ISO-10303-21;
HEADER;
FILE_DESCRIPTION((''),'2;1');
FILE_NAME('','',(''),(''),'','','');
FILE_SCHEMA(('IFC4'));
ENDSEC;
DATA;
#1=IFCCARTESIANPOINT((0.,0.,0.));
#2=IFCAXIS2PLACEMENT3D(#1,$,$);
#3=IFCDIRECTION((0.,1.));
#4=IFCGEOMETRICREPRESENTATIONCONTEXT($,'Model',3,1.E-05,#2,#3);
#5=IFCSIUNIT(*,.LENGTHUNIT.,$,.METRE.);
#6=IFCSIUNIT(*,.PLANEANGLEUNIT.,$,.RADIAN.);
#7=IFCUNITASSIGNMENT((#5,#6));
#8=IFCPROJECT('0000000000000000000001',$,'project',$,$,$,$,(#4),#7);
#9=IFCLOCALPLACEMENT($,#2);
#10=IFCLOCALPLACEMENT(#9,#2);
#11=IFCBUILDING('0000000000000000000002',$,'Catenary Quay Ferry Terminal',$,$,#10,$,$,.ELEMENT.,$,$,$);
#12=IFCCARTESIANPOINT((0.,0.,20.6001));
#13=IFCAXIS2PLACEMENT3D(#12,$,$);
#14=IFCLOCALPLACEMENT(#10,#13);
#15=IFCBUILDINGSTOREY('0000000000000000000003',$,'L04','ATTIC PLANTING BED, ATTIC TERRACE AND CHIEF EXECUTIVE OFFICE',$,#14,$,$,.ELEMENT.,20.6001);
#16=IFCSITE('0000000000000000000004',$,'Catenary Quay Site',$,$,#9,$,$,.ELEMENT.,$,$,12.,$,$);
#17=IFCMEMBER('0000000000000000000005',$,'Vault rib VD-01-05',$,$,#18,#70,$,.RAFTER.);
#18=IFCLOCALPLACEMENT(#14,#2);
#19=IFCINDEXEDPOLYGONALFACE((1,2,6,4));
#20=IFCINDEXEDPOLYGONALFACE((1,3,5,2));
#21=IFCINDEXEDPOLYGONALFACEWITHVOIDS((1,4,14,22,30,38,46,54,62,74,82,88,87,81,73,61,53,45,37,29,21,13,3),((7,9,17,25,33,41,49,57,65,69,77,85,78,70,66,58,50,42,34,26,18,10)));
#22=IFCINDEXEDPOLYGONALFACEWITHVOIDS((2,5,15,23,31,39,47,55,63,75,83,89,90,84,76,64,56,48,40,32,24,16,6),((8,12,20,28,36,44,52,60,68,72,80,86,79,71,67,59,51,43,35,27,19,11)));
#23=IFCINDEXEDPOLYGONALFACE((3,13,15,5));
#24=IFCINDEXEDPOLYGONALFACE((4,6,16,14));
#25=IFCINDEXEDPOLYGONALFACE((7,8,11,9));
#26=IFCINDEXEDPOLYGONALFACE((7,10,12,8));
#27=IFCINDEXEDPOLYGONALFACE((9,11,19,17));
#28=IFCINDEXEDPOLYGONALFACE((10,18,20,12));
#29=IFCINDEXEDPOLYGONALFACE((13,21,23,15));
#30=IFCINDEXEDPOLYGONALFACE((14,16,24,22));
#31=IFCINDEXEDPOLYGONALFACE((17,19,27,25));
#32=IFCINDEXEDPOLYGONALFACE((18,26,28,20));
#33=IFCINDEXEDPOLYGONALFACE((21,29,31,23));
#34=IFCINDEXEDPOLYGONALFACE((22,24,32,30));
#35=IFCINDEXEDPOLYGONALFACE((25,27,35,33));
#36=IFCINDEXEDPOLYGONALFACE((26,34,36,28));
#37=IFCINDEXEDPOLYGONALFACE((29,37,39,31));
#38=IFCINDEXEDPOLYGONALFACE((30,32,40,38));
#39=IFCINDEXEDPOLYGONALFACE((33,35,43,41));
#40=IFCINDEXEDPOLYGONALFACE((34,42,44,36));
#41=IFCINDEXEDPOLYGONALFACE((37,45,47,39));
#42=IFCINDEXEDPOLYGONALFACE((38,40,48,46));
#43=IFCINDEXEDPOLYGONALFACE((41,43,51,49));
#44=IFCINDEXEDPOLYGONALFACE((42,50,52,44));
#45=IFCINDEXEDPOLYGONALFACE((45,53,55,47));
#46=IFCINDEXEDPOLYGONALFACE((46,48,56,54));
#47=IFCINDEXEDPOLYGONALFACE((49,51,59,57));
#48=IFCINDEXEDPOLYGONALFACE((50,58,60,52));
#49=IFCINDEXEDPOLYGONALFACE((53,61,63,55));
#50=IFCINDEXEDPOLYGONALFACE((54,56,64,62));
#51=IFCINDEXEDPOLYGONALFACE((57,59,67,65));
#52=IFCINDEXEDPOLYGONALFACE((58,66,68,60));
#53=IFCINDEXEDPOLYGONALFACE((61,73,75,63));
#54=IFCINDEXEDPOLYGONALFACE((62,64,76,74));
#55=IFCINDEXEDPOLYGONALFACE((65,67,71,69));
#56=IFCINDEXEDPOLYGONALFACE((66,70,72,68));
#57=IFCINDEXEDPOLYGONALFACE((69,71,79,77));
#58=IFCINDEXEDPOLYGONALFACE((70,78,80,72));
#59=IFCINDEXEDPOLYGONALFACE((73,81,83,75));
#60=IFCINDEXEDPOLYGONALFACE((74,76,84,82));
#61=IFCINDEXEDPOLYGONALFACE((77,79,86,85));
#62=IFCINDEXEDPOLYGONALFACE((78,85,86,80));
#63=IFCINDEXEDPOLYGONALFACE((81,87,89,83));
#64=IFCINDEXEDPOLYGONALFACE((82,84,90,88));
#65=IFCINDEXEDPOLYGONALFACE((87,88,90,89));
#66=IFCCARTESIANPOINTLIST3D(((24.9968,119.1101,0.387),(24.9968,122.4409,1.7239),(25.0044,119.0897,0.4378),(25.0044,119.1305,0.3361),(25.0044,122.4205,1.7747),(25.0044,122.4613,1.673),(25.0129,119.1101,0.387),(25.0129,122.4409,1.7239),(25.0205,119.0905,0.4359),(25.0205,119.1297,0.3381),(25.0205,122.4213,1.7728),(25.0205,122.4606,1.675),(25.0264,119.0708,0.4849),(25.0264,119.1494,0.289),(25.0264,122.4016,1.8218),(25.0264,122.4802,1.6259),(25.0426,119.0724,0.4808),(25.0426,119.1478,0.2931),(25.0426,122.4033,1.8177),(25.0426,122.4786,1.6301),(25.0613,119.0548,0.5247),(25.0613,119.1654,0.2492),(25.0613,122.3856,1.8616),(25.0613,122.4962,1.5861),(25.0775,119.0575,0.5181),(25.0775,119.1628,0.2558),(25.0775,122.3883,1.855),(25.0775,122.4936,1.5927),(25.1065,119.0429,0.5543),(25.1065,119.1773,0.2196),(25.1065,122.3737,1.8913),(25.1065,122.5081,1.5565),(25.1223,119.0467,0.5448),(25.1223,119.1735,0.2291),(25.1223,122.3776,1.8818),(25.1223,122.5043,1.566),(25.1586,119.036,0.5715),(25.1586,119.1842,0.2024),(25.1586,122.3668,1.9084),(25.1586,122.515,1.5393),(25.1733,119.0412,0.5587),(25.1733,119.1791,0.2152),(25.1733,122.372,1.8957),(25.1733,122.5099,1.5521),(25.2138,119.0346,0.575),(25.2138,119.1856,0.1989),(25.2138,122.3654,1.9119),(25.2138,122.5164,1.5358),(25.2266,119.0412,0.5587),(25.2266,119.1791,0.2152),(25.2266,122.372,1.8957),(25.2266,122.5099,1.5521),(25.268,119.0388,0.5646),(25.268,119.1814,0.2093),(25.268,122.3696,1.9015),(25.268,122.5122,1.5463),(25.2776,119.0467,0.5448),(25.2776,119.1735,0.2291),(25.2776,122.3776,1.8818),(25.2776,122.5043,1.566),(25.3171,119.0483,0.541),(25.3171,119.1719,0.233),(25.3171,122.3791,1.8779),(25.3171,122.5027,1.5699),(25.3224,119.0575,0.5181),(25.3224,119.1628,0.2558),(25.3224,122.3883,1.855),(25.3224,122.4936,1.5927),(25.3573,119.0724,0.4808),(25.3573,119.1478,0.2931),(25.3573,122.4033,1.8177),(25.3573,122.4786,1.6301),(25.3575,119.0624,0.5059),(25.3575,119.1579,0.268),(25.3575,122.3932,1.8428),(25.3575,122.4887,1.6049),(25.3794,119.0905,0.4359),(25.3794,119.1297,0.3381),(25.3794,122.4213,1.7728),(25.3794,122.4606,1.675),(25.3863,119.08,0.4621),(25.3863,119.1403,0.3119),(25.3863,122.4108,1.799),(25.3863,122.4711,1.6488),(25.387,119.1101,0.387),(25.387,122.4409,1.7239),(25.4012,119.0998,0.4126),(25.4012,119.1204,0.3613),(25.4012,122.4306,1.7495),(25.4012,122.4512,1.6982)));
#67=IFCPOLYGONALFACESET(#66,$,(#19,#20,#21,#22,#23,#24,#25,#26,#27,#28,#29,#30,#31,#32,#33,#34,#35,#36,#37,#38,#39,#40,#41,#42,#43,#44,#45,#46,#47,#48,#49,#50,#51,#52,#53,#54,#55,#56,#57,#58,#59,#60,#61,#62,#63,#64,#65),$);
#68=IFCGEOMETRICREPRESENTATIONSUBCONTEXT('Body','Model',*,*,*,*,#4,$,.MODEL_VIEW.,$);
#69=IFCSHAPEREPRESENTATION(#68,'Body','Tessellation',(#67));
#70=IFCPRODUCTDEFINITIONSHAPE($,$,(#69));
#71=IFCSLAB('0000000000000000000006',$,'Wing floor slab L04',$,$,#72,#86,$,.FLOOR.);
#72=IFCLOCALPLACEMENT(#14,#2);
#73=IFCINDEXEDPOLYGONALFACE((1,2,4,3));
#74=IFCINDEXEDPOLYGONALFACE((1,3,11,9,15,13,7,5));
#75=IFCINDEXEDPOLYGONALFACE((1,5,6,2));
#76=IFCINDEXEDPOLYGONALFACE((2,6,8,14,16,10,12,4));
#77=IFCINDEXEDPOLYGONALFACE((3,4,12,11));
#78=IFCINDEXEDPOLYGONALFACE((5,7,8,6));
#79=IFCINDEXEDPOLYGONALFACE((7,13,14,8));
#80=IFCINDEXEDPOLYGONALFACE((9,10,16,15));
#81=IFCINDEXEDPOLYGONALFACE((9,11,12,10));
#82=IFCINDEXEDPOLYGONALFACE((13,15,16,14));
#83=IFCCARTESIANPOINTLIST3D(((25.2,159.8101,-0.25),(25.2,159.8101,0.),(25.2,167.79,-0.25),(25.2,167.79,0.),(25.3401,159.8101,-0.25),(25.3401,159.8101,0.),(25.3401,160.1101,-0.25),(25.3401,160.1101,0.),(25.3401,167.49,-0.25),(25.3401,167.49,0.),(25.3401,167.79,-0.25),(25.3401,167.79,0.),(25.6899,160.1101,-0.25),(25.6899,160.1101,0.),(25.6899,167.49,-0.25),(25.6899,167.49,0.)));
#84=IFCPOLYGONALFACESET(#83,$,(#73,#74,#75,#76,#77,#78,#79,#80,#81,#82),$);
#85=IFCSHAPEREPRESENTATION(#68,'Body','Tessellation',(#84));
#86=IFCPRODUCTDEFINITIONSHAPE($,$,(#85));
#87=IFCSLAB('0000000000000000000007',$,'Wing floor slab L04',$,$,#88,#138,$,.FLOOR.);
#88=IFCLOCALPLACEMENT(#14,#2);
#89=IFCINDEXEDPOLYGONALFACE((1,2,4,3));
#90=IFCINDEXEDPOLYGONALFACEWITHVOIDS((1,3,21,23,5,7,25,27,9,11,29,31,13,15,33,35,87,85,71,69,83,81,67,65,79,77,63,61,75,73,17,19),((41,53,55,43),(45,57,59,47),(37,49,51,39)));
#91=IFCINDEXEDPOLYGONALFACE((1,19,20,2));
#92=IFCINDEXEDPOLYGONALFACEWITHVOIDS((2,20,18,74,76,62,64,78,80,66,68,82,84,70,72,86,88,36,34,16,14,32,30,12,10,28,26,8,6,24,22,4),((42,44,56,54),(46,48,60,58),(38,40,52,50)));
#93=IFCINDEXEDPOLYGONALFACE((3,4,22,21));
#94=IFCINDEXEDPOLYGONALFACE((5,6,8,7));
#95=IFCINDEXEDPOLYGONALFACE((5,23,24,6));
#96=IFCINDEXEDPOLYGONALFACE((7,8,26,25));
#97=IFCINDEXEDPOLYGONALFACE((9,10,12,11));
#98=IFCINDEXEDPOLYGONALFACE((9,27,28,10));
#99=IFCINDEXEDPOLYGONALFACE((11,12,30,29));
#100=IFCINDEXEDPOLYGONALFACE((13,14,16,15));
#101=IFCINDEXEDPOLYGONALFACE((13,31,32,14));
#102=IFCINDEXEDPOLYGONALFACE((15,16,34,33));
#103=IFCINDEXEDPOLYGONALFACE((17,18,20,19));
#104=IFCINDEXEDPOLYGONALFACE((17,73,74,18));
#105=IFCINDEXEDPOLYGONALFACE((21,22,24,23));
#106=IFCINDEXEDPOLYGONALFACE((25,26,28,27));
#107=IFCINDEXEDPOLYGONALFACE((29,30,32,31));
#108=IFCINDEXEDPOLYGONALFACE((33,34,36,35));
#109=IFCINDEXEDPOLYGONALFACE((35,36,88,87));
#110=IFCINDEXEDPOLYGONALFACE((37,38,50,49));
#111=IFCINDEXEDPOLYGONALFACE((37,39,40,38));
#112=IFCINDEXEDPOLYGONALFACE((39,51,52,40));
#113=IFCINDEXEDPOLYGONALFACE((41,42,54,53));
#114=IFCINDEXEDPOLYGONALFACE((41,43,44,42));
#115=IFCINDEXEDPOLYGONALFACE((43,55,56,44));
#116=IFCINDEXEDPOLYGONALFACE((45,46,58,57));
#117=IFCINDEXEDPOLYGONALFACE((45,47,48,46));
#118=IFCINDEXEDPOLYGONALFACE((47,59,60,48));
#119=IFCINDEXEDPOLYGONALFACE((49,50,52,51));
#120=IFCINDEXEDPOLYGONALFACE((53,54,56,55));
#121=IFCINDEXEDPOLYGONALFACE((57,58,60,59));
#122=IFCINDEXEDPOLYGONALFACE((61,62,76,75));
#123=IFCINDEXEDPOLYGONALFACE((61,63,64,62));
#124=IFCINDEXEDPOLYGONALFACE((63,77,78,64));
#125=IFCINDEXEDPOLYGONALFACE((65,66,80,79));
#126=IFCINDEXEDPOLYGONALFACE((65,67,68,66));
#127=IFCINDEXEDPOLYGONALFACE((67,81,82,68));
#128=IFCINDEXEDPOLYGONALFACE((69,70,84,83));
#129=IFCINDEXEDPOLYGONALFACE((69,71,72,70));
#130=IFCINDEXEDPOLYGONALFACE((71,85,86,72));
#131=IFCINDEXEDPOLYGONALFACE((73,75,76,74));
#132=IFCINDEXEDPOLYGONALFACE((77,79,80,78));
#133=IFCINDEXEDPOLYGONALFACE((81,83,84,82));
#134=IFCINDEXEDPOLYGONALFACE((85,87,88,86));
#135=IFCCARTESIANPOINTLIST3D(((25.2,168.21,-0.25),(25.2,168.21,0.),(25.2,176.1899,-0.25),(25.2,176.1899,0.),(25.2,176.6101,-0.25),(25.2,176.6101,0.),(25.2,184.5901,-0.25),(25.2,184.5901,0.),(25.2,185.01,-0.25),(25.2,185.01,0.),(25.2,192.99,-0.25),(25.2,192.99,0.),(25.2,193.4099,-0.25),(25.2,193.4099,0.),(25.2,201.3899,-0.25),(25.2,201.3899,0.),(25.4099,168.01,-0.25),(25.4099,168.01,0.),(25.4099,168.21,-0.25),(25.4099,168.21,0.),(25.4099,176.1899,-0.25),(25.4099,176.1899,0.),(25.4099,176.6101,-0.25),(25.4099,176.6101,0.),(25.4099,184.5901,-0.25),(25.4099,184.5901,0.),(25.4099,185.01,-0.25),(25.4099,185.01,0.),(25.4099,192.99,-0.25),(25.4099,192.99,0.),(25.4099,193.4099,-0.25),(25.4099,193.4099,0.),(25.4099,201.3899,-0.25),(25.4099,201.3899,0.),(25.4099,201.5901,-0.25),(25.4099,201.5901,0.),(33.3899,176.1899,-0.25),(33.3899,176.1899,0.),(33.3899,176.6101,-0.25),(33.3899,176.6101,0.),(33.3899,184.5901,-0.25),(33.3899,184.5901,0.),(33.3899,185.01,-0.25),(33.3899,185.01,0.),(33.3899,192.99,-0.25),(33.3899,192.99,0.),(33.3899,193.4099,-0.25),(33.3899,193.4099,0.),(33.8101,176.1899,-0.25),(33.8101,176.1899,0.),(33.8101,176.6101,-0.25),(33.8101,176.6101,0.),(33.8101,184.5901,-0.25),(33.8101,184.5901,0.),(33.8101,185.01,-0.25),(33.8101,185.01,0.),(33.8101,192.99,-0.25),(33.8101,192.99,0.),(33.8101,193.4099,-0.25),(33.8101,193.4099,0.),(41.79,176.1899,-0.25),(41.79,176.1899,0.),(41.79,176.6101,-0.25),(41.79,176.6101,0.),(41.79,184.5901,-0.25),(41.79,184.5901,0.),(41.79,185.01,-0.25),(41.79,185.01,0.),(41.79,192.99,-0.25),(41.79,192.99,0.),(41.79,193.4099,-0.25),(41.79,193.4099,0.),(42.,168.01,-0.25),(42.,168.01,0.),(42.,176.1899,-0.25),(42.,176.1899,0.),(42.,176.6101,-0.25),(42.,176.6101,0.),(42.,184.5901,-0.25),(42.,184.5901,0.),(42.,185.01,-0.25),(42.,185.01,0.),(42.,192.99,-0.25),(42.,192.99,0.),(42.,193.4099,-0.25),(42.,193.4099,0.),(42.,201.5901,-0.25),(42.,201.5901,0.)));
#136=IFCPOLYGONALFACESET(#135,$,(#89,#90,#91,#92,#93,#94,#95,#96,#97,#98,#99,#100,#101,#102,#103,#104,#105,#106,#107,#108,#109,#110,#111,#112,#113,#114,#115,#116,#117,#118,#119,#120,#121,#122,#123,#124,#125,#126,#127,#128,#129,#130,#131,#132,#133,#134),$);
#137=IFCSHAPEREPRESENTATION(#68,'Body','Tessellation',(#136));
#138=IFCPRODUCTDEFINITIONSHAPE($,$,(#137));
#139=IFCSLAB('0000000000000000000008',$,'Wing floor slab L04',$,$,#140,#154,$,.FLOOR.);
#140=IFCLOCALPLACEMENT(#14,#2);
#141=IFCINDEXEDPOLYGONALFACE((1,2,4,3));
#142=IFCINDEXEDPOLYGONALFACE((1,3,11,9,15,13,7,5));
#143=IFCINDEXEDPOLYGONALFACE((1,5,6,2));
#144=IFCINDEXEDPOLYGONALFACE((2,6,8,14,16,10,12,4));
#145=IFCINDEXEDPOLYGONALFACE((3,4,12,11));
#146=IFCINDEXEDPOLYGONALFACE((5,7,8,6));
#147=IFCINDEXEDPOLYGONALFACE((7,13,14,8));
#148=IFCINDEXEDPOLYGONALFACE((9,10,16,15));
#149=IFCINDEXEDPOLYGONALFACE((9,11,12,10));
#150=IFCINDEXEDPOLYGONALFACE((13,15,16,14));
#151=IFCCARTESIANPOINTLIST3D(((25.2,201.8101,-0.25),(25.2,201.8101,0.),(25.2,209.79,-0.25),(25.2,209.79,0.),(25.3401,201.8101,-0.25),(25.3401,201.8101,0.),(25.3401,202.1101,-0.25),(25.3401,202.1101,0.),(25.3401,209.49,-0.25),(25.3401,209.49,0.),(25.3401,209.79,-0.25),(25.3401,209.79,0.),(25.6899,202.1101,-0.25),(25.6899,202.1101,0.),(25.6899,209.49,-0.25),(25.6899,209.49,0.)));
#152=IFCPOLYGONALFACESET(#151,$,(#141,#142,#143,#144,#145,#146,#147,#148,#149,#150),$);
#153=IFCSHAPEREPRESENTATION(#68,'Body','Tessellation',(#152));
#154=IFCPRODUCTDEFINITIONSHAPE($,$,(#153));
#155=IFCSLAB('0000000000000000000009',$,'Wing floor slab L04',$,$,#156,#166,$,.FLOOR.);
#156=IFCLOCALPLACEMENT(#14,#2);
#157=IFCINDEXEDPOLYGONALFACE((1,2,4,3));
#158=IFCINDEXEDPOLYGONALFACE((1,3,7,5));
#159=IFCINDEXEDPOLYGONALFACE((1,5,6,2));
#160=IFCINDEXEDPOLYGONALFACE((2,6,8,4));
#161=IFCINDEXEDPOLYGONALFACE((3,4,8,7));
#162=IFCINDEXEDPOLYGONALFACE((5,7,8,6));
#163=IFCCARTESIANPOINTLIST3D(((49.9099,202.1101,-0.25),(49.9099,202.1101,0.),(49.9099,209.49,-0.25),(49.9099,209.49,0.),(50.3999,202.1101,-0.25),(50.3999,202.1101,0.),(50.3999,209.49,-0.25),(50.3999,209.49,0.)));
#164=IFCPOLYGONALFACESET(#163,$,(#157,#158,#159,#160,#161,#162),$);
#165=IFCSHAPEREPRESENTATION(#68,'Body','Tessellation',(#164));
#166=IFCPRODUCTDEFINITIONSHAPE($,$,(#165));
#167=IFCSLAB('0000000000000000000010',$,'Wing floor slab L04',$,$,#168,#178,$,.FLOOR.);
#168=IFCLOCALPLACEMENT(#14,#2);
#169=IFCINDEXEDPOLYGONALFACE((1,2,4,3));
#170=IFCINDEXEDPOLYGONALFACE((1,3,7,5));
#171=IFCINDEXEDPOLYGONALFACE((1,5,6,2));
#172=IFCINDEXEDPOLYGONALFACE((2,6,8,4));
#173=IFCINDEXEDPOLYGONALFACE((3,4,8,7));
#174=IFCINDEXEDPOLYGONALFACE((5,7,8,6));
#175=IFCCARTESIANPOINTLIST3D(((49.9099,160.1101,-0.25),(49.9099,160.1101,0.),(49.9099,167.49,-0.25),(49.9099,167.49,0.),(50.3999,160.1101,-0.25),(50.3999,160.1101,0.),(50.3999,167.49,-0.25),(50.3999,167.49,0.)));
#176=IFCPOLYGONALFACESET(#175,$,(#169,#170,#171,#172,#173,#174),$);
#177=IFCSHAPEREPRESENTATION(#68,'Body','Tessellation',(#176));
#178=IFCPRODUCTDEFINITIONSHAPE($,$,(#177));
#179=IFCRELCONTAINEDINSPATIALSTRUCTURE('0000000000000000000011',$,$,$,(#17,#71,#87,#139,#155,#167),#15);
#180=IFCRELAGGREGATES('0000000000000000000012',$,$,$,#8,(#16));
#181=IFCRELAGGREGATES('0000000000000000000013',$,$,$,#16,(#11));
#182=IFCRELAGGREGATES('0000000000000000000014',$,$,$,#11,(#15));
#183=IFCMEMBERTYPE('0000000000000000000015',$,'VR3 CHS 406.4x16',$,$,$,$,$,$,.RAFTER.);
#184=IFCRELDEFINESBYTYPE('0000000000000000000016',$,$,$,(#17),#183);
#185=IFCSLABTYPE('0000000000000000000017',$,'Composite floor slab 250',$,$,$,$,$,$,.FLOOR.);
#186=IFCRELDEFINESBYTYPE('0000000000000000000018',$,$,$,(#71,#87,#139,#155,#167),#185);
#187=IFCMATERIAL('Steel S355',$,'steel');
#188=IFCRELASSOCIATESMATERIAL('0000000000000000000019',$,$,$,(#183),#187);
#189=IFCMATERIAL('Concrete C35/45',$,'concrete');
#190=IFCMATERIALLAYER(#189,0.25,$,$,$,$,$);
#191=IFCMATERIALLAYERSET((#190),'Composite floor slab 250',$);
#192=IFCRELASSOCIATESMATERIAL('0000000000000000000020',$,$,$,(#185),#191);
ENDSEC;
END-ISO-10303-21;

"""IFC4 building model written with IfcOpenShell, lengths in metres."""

from ifc_helpers import new_model, si_unit, direction, frame, origin, origin_2d, place, context, subcontext, project, spatial, polyline, hollow_circle, outline, extrude, material, layer, layer_set, material_profile, profile_set, type_object, element, save


model = new_model("IFC4")

# Units and contexts
model_context = context("Model", 3, precision=1e-05, world=origin(), true_north=direction((0.0, 1.0)))
body_context = subcontext(model_context, "Body", "Model", "MODEL_VIEW")
ifc_project = project(units=[si_unit("LENGTHUNIT", "METRE"), si_unit("PLANEANGLEUNIT", "RADIAN")], contexts=[model_context])

# Site, building, storey
site_placement = place(None, origin())
site = spatial("IfcSite", under=ifc_project, at=site_placement, Name="Catenary Quay Site", CompositionType="ELEMENT", RefElevation=12.0)
building_placement = place(site_placement, origin())
building = spatial("IfcBuilding", under=site, at=building_placement, Name="Catenary Quay Ferry Terminal", CompositionType="ELEMENT")
storey_placement = place(building_placement, frame((0.0, 0.0, 20.6001)))
storey = spatial("IfcBuildingStorey", under=building, at=storey_placement, Name="L04", Description="ATTIC PLANTING BED, ATTIC TERRACE AND CHIEF EXECUTIVE OFFICE", CompositionType="ELEMENT", Elevation=20.6001)

# Member
ifc_material_1 = material(Name="Steel S355", Category="steel")
ifc_material_profile = material_profile(ifc_material_1, hollow_circle(Radius=0.2031, WallThickness=0.0161, at=origin_2d()), Name="CHS 406.4x16")
ifc_profile_set = profile_set([ifc_material_profile], Name="Steel S355")
member_type = type_object("IfcMemberType", Name="VR3 CHS 406.4x16", PredefinedType="RAFTER", material=ifc_profile_set)
member_placement = place(storey_placement, frame((25.2, 119.1101, 0.387), z_axis=(0.0, 0.928035, 0.372493), x_axis=(-1.0, 0.0, 0.0)))
element("IfcMember", 1, at=member_placement, inside=storey, type_object=member_type, Name="Vault rib VD-01-05", PredefinedType="RAFTER", context=body_context, shape_type="SweptSolid", body=[
    extrude(hollow_circle(Radius=0.2031, WallThickness=0.0161, at=origin_2d()), origin(), (0.0, 0.0, 1.0), 3.5891),
])

# Slabs
ifc_material_2 = material(Name="Concrete C35/45", Category="concrete")
ifc_layer_1 = layer(ifc_material_2, 0.25)
ifc_layer_set_1 = layer_set([ifc_layer_1], Name="Composite floor slab 250")
slab_type_1 = type_object("IfcSlabType", Name="Composite floor slab 250", PredefinedType="FLOOR", material=ifc_layer_set_1)
slab_1_placement = place(storey_placement, frame((0.0, 0.0, -0.25)))
element("IfcSlab", 2, at=slab_1_placement, inside=storey, type_object=slab_type_1, Name="Wing floor slab L04", PredefinedType="FLOOR", context=body_context, shape_type="SweptSolid", body=[
    extrude(outline(polyline([(25.2, 167.79), (25.3401, 167.79), (25.3401, 167.49), (25.6899, 167.49), (25.6899, 160.1101), (25.3401, 160.1101), (25.3401, 159.8101), (25.2, 159.8101), (25.2, 167.79)])), origin(), (0.0, 0.0, 1.0), 0.25),
])
slab_2_placement = place(storey_placement, frame((0.0, 0.0, -0.25)))
element("IfcSlab", 3, at=slab_2_placement, inside=storey, type_object=slab_type_1, Name="Wing floor slab L04", PredefinedType="FLOOR", context=body_context, shape_type="SweptSolid", body=[
    extrude(outline(polyline([(25.2, 176.1899), (25.4099, 176.1899), (25.4099, 176.6101), (25.2, 176.6101), (25.2, 184.5901), (25.4099, 184.5901), (25.4099, 185.01), (25.2, 185.01), (25.2, 192.99), (25.4099, 192.99), (25.4099, 193.4099), (25.2, 193.4099), (25.2, 201.3899), (25.4099, 201.3899), (25.4099, 201.5901), (42.0, 201.5901), (42.0, 193.4099), (41.79, 193.4099), (41.79, 192.99), (42.0, 192.99), (42.0, 185.01), (41.79, 185.01), (41.79, 184.5901), (42.0, 184.5901), (42.0, 176.6101), (41.79, 176.6101), (41.79, 176.1899), (42.0, 176.1899), (42.0, 168.01), (25.4099, 168.01), (25.4099, 168.21), (25.2, 168.21), (25.2, 176.1899)]), holes=[polyline([(33.8101, 176.1899), (33.8101, 176.6101), (33.3899, 176.6101), (33.3899, 176.1899), (33.8101, 176.1899)]), polyline([(33.8101, 184.5901), (33.8101, 185.01), (33.3899, 185.01), (33.3899, 184.5901), (33.8101, 184.5901)]), polyline([(33.8101, 192.99), (33.8101, 193.4099), (33.3899, 193.4099), (33.3899, 192.99), (33.8101, 192.99)])]), origin(), (0.0, 0.0, 1.0), 0.25),
])
slab_3_placement = place(storey_placement, frame((0.0, 0.0, -0.25)))
element("IfcSlab", 4, at=slab_3_placement, inside=storey, type_object=slab_type_1, Name="Wing floor slab L04", PredefinedType="FLOOR", context=body_context, shape_type="SweptSolid", body=[
    extrude(outline(polyline([(25.2, 209.79), (25.3401, 209.79), (25.3401, 209.49), (25.6899, 209.49), (25.6899, 202.1101), (25.3401, 202.1101), (25.3401, 201.8101), (25.2, 201.8101), (25.2, 209.79)])), origin(), (0.0, 0.0, 1.0), 0.25),
])
slab_4_placement = place(storey_placement, frame((0.0, 0.0, -0.25)))
element("IfcSlab", 5, at=slab_4_placement, inside=storey, type_object=slab_type_1, Name="Wing floor slab L04", PredefinedType="FLOOR", context=body_context, shape_type="SweptSolid", body=[
    extrude(outline(polyline([(50.3999, 202.1101), (49.9099, 202.1101), (49.9099, 209.49), (50.3999, 209.49), (50.3999, 202.1101)])), origin(), (0.0, 0.0, 1.0), 0.25),
])
slab_5_placement = place(storey_placement, frame((0.0, 0.0, -0.25)))
element("IfcSlab", 6, at=slab_5_placement, inside=storey, type_object=slab_type_1, Name="Wing floor slab L04", PredefinedType="FLOOR", context=body_context, shape_type="SweptSolid", body=[
    extrude(outline(polyline([(50.3999, 160.1101), (49.9099, 160.1101), (49.9099, 167.49), (50.3999, 167.49), (50.3999, 160.1101)])), origin(), (0.0, 0.0, 1.0), 0.25),
])

save(model, "model.ifc")
